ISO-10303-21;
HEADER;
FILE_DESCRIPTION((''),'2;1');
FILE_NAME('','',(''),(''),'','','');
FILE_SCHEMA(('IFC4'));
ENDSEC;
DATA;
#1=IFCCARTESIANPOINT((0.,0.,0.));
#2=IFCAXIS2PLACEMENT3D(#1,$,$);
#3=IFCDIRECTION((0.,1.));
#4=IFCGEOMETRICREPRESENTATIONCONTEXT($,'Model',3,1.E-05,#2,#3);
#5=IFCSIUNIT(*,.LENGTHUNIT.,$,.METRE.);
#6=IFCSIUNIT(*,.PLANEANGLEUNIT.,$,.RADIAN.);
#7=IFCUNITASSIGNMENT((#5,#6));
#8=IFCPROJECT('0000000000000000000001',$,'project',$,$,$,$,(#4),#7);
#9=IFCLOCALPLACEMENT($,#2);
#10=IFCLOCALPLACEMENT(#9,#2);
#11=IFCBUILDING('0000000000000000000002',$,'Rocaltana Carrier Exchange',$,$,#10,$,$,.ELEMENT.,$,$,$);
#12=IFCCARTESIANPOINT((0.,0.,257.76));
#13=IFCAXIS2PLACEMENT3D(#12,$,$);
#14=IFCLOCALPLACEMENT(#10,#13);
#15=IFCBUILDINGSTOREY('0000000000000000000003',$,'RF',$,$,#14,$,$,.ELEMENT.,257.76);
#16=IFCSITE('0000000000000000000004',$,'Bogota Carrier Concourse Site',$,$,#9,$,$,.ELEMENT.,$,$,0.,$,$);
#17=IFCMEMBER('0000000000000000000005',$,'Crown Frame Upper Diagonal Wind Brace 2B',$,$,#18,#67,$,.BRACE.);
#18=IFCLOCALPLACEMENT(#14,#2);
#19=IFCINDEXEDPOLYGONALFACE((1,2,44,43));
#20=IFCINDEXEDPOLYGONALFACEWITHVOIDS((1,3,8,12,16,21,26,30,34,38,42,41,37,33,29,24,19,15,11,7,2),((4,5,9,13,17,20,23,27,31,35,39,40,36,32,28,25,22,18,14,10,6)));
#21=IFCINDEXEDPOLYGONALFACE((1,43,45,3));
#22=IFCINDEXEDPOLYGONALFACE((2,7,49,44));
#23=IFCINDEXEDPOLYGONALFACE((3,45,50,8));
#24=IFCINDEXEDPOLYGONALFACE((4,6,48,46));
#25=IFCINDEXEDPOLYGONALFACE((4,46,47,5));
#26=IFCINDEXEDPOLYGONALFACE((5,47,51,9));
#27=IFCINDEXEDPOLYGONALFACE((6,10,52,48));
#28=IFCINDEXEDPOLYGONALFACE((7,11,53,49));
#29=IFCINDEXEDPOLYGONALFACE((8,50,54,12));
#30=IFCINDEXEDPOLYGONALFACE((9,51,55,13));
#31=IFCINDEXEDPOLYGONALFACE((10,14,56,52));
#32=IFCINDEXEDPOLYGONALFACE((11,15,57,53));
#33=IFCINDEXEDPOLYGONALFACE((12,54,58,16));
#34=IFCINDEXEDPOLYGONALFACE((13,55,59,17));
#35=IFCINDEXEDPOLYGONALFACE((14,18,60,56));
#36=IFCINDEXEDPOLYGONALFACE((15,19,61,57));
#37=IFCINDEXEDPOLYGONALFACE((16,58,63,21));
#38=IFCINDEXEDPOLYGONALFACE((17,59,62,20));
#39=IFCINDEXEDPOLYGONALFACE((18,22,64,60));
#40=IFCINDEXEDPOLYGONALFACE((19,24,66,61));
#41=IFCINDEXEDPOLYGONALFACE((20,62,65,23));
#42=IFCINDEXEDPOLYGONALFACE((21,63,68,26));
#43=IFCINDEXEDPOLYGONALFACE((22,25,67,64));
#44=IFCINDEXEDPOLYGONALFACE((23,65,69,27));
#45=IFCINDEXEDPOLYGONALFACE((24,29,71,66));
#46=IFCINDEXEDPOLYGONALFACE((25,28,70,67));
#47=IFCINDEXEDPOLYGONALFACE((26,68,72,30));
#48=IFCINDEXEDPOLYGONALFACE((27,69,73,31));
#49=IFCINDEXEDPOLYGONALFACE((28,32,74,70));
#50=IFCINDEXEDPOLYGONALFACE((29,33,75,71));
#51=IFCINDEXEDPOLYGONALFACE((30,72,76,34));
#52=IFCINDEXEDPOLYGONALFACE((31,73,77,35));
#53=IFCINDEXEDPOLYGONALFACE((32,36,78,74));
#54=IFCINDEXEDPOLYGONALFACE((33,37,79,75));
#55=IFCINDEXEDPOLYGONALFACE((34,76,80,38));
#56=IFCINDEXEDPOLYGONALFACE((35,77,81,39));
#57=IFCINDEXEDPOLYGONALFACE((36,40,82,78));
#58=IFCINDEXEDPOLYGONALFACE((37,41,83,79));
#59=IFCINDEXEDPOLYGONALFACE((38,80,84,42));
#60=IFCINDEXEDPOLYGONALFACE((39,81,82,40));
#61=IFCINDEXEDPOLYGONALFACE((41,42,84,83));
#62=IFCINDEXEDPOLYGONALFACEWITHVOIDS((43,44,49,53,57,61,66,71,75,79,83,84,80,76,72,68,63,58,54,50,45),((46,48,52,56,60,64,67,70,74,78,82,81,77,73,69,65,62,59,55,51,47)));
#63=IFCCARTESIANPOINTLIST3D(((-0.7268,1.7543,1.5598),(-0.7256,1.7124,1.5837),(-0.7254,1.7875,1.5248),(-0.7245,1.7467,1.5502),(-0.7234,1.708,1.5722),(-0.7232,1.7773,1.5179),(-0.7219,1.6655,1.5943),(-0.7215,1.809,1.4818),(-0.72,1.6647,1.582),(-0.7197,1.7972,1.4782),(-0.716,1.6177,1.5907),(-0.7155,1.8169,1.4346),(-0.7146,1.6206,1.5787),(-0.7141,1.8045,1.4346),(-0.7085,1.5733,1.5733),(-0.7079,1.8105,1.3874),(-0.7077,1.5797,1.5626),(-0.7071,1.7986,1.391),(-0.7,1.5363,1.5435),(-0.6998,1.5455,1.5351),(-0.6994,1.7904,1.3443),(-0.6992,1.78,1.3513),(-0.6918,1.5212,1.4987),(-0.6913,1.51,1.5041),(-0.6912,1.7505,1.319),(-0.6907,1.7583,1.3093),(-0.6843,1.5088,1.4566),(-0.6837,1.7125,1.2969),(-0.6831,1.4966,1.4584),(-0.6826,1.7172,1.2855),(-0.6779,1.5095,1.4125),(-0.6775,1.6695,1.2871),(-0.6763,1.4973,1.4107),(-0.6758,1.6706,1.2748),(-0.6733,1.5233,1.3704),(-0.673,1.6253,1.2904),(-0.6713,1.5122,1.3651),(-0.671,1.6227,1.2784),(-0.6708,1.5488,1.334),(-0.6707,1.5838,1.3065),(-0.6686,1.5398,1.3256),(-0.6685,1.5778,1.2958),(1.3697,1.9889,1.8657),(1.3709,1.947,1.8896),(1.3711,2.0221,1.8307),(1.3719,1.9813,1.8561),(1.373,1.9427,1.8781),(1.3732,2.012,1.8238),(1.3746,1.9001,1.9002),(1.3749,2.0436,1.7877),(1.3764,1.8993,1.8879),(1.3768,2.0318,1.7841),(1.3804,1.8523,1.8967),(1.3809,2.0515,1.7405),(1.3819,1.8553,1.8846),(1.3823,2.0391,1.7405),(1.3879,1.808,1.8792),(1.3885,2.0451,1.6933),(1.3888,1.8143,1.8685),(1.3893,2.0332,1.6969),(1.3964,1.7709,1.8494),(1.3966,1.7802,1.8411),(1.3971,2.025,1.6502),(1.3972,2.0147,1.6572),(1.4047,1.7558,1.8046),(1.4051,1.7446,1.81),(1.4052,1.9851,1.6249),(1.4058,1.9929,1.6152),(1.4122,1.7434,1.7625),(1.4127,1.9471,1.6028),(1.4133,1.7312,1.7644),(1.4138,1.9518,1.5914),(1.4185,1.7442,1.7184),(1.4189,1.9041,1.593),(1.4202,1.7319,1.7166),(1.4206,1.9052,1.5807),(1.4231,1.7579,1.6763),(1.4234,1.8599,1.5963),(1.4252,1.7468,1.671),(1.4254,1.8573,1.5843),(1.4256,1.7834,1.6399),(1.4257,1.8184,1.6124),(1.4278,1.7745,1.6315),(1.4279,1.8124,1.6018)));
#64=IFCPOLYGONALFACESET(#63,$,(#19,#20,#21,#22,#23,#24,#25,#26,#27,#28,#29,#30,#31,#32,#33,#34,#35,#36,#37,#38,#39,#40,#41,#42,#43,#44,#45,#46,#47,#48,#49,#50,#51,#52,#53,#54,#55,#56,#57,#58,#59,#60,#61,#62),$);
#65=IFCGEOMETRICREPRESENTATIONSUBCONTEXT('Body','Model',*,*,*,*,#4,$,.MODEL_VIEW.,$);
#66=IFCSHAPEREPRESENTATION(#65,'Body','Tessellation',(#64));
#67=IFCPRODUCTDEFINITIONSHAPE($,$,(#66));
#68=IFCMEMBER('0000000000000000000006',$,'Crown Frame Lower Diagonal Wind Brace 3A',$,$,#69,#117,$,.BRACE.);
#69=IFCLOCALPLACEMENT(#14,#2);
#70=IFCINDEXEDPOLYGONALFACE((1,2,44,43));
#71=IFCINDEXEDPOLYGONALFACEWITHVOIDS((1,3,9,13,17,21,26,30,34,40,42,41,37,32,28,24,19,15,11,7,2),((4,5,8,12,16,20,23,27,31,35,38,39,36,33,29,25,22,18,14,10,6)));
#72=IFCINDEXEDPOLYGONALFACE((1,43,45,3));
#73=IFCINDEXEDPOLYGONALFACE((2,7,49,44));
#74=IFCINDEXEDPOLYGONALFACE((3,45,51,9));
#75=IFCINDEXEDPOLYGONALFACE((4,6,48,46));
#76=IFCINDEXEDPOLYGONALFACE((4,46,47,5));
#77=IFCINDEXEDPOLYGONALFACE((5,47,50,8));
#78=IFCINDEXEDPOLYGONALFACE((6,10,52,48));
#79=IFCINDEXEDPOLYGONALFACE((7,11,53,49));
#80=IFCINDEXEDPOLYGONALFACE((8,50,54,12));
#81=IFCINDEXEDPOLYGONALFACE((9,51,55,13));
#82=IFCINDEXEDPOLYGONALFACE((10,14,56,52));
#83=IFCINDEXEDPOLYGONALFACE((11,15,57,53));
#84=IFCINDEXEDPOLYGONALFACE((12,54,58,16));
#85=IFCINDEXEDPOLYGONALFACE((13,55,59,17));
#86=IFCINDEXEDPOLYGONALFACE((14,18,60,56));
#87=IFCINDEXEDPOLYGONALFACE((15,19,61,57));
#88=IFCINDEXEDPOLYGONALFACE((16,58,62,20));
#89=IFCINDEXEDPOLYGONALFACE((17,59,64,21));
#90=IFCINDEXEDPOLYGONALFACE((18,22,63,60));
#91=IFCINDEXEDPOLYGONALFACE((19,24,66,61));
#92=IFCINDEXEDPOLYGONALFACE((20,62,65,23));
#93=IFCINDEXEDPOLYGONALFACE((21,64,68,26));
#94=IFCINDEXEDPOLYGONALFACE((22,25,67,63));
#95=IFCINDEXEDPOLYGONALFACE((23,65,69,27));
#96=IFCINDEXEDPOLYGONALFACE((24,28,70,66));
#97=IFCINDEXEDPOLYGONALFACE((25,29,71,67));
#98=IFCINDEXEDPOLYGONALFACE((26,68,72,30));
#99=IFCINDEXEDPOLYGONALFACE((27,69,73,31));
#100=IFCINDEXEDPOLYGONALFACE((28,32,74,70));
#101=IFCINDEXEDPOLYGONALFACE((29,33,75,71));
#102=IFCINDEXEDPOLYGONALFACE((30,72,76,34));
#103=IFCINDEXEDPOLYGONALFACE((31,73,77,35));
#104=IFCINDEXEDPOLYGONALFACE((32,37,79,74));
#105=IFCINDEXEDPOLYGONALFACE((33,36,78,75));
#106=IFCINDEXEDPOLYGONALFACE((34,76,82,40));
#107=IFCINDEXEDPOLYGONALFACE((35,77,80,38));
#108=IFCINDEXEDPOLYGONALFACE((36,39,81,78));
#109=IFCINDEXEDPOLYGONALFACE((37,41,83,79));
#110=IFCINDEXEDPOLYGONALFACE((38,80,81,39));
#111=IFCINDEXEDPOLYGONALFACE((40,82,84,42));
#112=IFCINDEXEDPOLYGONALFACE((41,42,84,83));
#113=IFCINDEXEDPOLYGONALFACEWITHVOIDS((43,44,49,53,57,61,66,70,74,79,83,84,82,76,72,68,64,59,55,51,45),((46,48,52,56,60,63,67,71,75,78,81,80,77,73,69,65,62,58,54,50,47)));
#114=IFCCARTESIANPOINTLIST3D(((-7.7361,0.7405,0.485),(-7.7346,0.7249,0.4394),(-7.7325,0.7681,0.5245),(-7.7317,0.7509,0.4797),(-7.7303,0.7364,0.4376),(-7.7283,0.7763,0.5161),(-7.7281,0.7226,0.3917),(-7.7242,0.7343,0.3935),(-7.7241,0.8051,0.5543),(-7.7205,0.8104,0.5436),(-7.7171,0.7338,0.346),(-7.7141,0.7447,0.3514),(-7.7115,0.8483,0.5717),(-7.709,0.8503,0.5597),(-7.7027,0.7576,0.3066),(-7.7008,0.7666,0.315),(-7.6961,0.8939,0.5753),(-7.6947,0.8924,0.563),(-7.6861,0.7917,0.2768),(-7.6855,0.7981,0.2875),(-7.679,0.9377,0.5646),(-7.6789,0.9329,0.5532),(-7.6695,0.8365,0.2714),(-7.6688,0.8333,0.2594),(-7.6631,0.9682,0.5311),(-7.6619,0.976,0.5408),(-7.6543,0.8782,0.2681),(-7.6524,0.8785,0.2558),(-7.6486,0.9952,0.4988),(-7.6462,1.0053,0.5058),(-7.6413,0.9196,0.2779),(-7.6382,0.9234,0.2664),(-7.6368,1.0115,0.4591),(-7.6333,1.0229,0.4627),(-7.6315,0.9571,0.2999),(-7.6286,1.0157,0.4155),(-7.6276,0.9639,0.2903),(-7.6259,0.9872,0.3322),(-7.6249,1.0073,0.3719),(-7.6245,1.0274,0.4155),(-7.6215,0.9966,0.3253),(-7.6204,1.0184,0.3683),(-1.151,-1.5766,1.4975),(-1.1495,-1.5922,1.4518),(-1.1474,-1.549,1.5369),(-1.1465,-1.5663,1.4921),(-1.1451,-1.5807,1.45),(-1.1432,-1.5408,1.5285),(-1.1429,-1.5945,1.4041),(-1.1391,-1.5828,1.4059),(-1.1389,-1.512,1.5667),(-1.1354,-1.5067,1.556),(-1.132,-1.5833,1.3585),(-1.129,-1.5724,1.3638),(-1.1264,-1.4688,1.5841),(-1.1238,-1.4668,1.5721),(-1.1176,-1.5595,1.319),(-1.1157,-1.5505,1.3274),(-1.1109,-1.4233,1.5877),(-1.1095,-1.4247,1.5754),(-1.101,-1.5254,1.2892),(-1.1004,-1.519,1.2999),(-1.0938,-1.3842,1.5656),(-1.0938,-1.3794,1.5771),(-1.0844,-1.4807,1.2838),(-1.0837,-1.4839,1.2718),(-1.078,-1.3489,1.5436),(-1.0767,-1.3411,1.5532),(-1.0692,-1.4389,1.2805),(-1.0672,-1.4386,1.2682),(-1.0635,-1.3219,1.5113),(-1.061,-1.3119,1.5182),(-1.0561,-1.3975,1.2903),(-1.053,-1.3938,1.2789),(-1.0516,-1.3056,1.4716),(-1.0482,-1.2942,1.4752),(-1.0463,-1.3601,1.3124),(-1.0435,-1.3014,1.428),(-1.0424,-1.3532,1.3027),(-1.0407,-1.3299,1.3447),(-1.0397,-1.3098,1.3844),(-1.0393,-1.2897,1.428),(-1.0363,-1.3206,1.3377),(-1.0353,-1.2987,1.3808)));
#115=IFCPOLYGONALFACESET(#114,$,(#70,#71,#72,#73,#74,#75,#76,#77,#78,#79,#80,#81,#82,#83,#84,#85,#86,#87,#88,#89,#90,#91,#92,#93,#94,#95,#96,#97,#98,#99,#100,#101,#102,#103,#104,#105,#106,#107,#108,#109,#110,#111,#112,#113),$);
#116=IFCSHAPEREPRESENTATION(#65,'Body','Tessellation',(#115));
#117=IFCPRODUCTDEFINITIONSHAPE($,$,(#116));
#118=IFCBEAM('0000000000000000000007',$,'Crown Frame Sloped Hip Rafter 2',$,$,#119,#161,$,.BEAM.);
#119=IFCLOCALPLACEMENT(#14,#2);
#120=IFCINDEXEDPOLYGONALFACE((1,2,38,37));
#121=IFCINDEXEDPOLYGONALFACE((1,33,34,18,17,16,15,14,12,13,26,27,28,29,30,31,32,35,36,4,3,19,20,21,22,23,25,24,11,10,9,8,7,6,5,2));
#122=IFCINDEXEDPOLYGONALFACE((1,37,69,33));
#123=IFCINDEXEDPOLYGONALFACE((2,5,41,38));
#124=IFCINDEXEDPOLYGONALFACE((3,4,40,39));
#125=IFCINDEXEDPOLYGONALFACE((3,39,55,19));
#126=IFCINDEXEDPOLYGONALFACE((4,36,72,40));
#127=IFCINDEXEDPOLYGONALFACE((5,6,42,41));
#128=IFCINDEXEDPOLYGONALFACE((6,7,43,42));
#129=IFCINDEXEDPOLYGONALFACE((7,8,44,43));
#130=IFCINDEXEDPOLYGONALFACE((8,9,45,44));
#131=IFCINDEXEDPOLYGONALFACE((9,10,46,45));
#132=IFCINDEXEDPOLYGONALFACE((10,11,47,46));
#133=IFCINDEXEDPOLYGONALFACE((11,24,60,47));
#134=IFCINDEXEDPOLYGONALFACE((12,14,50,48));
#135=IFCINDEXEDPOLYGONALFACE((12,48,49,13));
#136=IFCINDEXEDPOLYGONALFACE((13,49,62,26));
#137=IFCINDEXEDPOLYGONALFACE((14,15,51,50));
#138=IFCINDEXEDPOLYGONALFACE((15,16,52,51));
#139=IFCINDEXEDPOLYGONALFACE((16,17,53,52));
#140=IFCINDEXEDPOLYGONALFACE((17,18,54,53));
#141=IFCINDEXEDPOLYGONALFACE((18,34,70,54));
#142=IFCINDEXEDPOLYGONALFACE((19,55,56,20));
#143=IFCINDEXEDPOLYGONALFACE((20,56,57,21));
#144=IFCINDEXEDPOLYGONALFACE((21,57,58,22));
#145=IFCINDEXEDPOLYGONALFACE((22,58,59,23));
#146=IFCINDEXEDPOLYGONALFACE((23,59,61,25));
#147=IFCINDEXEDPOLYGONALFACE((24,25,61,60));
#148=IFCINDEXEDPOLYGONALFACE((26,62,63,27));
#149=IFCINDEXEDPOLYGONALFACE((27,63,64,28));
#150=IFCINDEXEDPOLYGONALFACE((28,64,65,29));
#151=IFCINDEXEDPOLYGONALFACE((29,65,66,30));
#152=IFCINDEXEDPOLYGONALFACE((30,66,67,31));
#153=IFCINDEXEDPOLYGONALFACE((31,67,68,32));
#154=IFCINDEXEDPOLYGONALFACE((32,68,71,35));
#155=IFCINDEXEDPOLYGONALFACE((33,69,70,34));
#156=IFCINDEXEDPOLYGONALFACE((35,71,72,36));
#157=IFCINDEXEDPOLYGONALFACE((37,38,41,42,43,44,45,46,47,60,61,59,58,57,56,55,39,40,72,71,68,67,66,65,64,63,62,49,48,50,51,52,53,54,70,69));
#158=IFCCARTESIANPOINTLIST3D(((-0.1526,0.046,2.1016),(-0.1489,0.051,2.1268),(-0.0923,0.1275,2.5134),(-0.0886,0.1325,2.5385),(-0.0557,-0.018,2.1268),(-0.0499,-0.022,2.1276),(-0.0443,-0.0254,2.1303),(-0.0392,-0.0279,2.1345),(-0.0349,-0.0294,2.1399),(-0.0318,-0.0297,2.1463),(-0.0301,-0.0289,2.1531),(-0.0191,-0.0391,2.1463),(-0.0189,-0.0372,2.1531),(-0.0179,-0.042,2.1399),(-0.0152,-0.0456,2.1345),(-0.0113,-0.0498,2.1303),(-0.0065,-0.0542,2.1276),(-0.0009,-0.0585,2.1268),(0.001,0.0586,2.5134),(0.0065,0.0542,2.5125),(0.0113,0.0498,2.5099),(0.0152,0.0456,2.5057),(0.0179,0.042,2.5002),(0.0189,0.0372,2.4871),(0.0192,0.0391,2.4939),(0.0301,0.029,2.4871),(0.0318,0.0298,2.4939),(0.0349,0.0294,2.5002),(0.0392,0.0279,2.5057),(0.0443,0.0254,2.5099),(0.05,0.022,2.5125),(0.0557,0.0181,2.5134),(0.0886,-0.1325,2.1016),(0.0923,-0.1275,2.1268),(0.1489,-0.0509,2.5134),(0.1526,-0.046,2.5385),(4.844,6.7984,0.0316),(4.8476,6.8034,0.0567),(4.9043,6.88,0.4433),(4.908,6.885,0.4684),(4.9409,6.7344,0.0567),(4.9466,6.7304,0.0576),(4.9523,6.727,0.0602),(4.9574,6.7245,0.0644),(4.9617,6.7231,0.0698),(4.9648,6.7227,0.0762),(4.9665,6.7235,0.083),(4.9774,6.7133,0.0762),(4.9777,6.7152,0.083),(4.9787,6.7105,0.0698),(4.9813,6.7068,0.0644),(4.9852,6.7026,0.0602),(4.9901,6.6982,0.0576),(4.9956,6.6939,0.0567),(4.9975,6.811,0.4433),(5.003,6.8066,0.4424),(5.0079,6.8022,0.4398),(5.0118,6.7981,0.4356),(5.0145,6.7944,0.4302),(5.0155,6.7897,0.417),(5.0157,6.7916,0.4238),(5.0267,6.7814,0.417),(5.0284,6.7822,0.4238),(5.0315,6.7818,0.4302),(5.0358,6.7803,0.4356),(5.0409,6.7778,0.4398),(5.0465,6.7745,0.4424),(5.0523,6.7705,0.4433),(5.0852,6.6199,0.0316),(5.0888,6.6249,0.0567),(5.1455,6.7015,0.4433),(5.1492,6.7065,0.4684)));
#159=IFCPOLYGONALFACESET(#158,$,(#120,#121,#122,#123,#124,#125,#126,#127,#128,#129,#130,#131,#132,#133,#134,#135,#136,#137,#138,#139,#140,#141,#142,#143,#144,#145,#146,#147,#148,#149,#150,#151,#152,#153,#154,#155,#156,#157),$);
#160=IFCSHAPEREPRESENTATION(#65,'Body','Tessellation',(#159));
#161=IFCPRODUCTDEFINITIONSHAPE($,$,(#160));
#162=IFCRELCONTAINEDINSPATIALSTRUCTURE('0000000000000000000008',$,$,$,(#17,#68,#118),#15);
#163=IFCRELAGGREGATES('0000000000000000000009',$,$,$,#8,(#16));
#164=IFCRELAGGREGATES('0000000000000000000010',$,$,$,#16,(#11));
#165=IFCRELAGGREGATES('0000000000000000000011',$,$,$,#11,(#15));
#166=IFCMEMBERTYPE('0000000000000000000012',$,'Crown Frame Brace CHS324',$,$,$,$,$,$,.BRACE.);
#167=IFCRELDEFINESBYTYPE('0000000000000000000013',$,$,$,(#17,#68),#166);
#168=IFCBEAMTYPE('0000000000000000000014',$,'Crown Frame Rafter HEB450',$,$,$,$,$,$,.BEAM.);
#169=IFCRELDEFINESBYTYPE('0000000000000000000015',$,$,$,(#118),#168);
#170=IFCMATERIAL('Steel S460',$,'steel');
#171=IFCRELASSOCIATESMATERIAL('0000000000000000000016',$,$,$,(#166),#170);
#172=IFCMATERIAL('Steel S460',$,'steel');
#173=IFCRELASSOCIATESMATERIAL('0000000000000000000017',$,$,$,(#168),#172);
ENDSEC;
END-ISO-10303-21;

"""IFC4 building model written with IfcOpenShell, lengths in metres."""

from ifc_helpers import new_model, si_unit, direction, frame, origin, origin_2d, place, context, subcontext, project, spatial, hollow_circle, i_section, extrude, material, material_profile, profile_set, type_object, element, save


model = new_model("IFC4")

# Units and contexts
model_context = context("Model", 3, precision=1e-05, world=origin(), true_north=direction((0.0, 1.0)))
body_context = subcontext(model_context, "Body", "Model", "MODEL_VIEW")
ifc_project = project(units=[si_unit("LENGTHUNIT", "METRE"), si_unit("PLANEANGLEUNIT", "RADIAN")], contexts=[model_context])

# Site, building, storey
site_placement = place(None, origin())
site = spatial("IfcSite", under=ifc_project, at=site_placement, Name="Bogota Carrier Concourse Site", CompositionType="ELEMENT", RefElevation=0.0)
building_placement = place(site_placement, origin())
building = spatial("IfcBuilding", under=site, at=building_placement, Name="Rocaltana Carrier Exchange", CompositionType="ELEMENT")
storey_placement = place(building_placement, frame((0.0, 0.0, 257.76)))
storey = spatial("IfcBuildingStorey", under=building, at=storey_placement, Name="RF", CompositionType="ELEMENT", Elevation=257.76)

# Members
ifc_material_1 = material(Name="Steel S460", Category="steel")
ifc_material_profile_1 = material_profile(ifc_material_1, hollow_circle(Radius=0.1619, WallThickness=0.0125, at=origin_2d()), Name="CHS323.9X12.5")
ifc_profile_set_1 = profile_set([ifc_material_profile_1], Name="Steel S460")
member_type_1 = type_object("IfcMemberType", Name="Crown Frame Brace CHS324", PredefinedType="BRACE", material=ifc_profile_set_1)
member_1_placement = place(storey_placement, frame((-0.6975, 1.656, 1.4346), z_axis=(0.983509, 0.110068, 0.143512), x_axis=(-0.111219, 0.993796, 0.0)))
element("IfcMember", 1, at=member_1_placement, inside=storey, type_object=member_type_1, Name="Crown Frame Upper Diagonal Wind Brace 2B", PredefinedType="BRACE", context=body_context, shape_type="SweptSolid", body=[
    extrude(hollow_circle(Radius=0.1619, WallThickness=0.0125, at=origin_2d()), origin(), (0.0, 0.0, 1.0), 2.1316),
])
member_2_placement = place(storey_placement, frame((-7.6782, 0.8748, 0.4155), z_axis=(0.93354, -0.328485, 0.143528), x_axis=(0.331922, 0.943307, 0.0)))
element("IfcMember", 2, at=member_2_placement, inside=storey, type_object=member_type_1, Name="Crown Frame Lower Diagonal Wind Brace 3A", PredefinedType="BRACE", context=body_context, shape_type="SweptSolid", body=[
    extrude(hollow_circle(Radius=0.1619, WallThickness=0.0125, at=origin_2d()), origin(), (0.0, 0.0, 1.0), 7.054),
])

# Beam
ifc_material_2 = material(Name="Steel S460", Category="steel")
ifc_material_profile_2 = material_profile(ifc_material_2, i_section(OverallWidth=0.3, OverallDepth=0.45, WebThickness=0.0139, FlangeThickness=0.0259, FilletRadius=0.0271, at=origin_2d()), Name="HEB450")
ifc_profile_set_2 = profile_set([ifc_material_profile_2], Name="Steel S460")
beam_type_1 = type_object("IfcBeamType", Name="Crown Frame Rafter HEB450", PredefinedType="BEAM", material=ifc_profile_set_2)
for number, where, z_axis, x_axis, name in (
    (3, (4.9966, 6.7524, 0.25), (-0.577547, -0.780504, 0.239276), (0.803855, -0.594826, 0.0), "Crown Frame Sloped Hip Rafter 2"),
):
    element("IfcBeam", number, at=place(storey_placement, frame(where, z_axis=z_axis, x_axis=x_axis)), inside=storey, type_object=beam_type_1, Name=name, PredefinedType="BEAM", context=body_context, shape_type="SweptSolid", body=[
        extrude(i_section(OverallWidth=0.3, OverallDepth=0.45, WebThickness=0.0139, FlangeThickness=0.0259, FilletRadius=0.0271, at=origin_2d()), origin(), (0.0, 0.0, 1.0), 8.6514),
    ])

save(model, "model.ifc")
